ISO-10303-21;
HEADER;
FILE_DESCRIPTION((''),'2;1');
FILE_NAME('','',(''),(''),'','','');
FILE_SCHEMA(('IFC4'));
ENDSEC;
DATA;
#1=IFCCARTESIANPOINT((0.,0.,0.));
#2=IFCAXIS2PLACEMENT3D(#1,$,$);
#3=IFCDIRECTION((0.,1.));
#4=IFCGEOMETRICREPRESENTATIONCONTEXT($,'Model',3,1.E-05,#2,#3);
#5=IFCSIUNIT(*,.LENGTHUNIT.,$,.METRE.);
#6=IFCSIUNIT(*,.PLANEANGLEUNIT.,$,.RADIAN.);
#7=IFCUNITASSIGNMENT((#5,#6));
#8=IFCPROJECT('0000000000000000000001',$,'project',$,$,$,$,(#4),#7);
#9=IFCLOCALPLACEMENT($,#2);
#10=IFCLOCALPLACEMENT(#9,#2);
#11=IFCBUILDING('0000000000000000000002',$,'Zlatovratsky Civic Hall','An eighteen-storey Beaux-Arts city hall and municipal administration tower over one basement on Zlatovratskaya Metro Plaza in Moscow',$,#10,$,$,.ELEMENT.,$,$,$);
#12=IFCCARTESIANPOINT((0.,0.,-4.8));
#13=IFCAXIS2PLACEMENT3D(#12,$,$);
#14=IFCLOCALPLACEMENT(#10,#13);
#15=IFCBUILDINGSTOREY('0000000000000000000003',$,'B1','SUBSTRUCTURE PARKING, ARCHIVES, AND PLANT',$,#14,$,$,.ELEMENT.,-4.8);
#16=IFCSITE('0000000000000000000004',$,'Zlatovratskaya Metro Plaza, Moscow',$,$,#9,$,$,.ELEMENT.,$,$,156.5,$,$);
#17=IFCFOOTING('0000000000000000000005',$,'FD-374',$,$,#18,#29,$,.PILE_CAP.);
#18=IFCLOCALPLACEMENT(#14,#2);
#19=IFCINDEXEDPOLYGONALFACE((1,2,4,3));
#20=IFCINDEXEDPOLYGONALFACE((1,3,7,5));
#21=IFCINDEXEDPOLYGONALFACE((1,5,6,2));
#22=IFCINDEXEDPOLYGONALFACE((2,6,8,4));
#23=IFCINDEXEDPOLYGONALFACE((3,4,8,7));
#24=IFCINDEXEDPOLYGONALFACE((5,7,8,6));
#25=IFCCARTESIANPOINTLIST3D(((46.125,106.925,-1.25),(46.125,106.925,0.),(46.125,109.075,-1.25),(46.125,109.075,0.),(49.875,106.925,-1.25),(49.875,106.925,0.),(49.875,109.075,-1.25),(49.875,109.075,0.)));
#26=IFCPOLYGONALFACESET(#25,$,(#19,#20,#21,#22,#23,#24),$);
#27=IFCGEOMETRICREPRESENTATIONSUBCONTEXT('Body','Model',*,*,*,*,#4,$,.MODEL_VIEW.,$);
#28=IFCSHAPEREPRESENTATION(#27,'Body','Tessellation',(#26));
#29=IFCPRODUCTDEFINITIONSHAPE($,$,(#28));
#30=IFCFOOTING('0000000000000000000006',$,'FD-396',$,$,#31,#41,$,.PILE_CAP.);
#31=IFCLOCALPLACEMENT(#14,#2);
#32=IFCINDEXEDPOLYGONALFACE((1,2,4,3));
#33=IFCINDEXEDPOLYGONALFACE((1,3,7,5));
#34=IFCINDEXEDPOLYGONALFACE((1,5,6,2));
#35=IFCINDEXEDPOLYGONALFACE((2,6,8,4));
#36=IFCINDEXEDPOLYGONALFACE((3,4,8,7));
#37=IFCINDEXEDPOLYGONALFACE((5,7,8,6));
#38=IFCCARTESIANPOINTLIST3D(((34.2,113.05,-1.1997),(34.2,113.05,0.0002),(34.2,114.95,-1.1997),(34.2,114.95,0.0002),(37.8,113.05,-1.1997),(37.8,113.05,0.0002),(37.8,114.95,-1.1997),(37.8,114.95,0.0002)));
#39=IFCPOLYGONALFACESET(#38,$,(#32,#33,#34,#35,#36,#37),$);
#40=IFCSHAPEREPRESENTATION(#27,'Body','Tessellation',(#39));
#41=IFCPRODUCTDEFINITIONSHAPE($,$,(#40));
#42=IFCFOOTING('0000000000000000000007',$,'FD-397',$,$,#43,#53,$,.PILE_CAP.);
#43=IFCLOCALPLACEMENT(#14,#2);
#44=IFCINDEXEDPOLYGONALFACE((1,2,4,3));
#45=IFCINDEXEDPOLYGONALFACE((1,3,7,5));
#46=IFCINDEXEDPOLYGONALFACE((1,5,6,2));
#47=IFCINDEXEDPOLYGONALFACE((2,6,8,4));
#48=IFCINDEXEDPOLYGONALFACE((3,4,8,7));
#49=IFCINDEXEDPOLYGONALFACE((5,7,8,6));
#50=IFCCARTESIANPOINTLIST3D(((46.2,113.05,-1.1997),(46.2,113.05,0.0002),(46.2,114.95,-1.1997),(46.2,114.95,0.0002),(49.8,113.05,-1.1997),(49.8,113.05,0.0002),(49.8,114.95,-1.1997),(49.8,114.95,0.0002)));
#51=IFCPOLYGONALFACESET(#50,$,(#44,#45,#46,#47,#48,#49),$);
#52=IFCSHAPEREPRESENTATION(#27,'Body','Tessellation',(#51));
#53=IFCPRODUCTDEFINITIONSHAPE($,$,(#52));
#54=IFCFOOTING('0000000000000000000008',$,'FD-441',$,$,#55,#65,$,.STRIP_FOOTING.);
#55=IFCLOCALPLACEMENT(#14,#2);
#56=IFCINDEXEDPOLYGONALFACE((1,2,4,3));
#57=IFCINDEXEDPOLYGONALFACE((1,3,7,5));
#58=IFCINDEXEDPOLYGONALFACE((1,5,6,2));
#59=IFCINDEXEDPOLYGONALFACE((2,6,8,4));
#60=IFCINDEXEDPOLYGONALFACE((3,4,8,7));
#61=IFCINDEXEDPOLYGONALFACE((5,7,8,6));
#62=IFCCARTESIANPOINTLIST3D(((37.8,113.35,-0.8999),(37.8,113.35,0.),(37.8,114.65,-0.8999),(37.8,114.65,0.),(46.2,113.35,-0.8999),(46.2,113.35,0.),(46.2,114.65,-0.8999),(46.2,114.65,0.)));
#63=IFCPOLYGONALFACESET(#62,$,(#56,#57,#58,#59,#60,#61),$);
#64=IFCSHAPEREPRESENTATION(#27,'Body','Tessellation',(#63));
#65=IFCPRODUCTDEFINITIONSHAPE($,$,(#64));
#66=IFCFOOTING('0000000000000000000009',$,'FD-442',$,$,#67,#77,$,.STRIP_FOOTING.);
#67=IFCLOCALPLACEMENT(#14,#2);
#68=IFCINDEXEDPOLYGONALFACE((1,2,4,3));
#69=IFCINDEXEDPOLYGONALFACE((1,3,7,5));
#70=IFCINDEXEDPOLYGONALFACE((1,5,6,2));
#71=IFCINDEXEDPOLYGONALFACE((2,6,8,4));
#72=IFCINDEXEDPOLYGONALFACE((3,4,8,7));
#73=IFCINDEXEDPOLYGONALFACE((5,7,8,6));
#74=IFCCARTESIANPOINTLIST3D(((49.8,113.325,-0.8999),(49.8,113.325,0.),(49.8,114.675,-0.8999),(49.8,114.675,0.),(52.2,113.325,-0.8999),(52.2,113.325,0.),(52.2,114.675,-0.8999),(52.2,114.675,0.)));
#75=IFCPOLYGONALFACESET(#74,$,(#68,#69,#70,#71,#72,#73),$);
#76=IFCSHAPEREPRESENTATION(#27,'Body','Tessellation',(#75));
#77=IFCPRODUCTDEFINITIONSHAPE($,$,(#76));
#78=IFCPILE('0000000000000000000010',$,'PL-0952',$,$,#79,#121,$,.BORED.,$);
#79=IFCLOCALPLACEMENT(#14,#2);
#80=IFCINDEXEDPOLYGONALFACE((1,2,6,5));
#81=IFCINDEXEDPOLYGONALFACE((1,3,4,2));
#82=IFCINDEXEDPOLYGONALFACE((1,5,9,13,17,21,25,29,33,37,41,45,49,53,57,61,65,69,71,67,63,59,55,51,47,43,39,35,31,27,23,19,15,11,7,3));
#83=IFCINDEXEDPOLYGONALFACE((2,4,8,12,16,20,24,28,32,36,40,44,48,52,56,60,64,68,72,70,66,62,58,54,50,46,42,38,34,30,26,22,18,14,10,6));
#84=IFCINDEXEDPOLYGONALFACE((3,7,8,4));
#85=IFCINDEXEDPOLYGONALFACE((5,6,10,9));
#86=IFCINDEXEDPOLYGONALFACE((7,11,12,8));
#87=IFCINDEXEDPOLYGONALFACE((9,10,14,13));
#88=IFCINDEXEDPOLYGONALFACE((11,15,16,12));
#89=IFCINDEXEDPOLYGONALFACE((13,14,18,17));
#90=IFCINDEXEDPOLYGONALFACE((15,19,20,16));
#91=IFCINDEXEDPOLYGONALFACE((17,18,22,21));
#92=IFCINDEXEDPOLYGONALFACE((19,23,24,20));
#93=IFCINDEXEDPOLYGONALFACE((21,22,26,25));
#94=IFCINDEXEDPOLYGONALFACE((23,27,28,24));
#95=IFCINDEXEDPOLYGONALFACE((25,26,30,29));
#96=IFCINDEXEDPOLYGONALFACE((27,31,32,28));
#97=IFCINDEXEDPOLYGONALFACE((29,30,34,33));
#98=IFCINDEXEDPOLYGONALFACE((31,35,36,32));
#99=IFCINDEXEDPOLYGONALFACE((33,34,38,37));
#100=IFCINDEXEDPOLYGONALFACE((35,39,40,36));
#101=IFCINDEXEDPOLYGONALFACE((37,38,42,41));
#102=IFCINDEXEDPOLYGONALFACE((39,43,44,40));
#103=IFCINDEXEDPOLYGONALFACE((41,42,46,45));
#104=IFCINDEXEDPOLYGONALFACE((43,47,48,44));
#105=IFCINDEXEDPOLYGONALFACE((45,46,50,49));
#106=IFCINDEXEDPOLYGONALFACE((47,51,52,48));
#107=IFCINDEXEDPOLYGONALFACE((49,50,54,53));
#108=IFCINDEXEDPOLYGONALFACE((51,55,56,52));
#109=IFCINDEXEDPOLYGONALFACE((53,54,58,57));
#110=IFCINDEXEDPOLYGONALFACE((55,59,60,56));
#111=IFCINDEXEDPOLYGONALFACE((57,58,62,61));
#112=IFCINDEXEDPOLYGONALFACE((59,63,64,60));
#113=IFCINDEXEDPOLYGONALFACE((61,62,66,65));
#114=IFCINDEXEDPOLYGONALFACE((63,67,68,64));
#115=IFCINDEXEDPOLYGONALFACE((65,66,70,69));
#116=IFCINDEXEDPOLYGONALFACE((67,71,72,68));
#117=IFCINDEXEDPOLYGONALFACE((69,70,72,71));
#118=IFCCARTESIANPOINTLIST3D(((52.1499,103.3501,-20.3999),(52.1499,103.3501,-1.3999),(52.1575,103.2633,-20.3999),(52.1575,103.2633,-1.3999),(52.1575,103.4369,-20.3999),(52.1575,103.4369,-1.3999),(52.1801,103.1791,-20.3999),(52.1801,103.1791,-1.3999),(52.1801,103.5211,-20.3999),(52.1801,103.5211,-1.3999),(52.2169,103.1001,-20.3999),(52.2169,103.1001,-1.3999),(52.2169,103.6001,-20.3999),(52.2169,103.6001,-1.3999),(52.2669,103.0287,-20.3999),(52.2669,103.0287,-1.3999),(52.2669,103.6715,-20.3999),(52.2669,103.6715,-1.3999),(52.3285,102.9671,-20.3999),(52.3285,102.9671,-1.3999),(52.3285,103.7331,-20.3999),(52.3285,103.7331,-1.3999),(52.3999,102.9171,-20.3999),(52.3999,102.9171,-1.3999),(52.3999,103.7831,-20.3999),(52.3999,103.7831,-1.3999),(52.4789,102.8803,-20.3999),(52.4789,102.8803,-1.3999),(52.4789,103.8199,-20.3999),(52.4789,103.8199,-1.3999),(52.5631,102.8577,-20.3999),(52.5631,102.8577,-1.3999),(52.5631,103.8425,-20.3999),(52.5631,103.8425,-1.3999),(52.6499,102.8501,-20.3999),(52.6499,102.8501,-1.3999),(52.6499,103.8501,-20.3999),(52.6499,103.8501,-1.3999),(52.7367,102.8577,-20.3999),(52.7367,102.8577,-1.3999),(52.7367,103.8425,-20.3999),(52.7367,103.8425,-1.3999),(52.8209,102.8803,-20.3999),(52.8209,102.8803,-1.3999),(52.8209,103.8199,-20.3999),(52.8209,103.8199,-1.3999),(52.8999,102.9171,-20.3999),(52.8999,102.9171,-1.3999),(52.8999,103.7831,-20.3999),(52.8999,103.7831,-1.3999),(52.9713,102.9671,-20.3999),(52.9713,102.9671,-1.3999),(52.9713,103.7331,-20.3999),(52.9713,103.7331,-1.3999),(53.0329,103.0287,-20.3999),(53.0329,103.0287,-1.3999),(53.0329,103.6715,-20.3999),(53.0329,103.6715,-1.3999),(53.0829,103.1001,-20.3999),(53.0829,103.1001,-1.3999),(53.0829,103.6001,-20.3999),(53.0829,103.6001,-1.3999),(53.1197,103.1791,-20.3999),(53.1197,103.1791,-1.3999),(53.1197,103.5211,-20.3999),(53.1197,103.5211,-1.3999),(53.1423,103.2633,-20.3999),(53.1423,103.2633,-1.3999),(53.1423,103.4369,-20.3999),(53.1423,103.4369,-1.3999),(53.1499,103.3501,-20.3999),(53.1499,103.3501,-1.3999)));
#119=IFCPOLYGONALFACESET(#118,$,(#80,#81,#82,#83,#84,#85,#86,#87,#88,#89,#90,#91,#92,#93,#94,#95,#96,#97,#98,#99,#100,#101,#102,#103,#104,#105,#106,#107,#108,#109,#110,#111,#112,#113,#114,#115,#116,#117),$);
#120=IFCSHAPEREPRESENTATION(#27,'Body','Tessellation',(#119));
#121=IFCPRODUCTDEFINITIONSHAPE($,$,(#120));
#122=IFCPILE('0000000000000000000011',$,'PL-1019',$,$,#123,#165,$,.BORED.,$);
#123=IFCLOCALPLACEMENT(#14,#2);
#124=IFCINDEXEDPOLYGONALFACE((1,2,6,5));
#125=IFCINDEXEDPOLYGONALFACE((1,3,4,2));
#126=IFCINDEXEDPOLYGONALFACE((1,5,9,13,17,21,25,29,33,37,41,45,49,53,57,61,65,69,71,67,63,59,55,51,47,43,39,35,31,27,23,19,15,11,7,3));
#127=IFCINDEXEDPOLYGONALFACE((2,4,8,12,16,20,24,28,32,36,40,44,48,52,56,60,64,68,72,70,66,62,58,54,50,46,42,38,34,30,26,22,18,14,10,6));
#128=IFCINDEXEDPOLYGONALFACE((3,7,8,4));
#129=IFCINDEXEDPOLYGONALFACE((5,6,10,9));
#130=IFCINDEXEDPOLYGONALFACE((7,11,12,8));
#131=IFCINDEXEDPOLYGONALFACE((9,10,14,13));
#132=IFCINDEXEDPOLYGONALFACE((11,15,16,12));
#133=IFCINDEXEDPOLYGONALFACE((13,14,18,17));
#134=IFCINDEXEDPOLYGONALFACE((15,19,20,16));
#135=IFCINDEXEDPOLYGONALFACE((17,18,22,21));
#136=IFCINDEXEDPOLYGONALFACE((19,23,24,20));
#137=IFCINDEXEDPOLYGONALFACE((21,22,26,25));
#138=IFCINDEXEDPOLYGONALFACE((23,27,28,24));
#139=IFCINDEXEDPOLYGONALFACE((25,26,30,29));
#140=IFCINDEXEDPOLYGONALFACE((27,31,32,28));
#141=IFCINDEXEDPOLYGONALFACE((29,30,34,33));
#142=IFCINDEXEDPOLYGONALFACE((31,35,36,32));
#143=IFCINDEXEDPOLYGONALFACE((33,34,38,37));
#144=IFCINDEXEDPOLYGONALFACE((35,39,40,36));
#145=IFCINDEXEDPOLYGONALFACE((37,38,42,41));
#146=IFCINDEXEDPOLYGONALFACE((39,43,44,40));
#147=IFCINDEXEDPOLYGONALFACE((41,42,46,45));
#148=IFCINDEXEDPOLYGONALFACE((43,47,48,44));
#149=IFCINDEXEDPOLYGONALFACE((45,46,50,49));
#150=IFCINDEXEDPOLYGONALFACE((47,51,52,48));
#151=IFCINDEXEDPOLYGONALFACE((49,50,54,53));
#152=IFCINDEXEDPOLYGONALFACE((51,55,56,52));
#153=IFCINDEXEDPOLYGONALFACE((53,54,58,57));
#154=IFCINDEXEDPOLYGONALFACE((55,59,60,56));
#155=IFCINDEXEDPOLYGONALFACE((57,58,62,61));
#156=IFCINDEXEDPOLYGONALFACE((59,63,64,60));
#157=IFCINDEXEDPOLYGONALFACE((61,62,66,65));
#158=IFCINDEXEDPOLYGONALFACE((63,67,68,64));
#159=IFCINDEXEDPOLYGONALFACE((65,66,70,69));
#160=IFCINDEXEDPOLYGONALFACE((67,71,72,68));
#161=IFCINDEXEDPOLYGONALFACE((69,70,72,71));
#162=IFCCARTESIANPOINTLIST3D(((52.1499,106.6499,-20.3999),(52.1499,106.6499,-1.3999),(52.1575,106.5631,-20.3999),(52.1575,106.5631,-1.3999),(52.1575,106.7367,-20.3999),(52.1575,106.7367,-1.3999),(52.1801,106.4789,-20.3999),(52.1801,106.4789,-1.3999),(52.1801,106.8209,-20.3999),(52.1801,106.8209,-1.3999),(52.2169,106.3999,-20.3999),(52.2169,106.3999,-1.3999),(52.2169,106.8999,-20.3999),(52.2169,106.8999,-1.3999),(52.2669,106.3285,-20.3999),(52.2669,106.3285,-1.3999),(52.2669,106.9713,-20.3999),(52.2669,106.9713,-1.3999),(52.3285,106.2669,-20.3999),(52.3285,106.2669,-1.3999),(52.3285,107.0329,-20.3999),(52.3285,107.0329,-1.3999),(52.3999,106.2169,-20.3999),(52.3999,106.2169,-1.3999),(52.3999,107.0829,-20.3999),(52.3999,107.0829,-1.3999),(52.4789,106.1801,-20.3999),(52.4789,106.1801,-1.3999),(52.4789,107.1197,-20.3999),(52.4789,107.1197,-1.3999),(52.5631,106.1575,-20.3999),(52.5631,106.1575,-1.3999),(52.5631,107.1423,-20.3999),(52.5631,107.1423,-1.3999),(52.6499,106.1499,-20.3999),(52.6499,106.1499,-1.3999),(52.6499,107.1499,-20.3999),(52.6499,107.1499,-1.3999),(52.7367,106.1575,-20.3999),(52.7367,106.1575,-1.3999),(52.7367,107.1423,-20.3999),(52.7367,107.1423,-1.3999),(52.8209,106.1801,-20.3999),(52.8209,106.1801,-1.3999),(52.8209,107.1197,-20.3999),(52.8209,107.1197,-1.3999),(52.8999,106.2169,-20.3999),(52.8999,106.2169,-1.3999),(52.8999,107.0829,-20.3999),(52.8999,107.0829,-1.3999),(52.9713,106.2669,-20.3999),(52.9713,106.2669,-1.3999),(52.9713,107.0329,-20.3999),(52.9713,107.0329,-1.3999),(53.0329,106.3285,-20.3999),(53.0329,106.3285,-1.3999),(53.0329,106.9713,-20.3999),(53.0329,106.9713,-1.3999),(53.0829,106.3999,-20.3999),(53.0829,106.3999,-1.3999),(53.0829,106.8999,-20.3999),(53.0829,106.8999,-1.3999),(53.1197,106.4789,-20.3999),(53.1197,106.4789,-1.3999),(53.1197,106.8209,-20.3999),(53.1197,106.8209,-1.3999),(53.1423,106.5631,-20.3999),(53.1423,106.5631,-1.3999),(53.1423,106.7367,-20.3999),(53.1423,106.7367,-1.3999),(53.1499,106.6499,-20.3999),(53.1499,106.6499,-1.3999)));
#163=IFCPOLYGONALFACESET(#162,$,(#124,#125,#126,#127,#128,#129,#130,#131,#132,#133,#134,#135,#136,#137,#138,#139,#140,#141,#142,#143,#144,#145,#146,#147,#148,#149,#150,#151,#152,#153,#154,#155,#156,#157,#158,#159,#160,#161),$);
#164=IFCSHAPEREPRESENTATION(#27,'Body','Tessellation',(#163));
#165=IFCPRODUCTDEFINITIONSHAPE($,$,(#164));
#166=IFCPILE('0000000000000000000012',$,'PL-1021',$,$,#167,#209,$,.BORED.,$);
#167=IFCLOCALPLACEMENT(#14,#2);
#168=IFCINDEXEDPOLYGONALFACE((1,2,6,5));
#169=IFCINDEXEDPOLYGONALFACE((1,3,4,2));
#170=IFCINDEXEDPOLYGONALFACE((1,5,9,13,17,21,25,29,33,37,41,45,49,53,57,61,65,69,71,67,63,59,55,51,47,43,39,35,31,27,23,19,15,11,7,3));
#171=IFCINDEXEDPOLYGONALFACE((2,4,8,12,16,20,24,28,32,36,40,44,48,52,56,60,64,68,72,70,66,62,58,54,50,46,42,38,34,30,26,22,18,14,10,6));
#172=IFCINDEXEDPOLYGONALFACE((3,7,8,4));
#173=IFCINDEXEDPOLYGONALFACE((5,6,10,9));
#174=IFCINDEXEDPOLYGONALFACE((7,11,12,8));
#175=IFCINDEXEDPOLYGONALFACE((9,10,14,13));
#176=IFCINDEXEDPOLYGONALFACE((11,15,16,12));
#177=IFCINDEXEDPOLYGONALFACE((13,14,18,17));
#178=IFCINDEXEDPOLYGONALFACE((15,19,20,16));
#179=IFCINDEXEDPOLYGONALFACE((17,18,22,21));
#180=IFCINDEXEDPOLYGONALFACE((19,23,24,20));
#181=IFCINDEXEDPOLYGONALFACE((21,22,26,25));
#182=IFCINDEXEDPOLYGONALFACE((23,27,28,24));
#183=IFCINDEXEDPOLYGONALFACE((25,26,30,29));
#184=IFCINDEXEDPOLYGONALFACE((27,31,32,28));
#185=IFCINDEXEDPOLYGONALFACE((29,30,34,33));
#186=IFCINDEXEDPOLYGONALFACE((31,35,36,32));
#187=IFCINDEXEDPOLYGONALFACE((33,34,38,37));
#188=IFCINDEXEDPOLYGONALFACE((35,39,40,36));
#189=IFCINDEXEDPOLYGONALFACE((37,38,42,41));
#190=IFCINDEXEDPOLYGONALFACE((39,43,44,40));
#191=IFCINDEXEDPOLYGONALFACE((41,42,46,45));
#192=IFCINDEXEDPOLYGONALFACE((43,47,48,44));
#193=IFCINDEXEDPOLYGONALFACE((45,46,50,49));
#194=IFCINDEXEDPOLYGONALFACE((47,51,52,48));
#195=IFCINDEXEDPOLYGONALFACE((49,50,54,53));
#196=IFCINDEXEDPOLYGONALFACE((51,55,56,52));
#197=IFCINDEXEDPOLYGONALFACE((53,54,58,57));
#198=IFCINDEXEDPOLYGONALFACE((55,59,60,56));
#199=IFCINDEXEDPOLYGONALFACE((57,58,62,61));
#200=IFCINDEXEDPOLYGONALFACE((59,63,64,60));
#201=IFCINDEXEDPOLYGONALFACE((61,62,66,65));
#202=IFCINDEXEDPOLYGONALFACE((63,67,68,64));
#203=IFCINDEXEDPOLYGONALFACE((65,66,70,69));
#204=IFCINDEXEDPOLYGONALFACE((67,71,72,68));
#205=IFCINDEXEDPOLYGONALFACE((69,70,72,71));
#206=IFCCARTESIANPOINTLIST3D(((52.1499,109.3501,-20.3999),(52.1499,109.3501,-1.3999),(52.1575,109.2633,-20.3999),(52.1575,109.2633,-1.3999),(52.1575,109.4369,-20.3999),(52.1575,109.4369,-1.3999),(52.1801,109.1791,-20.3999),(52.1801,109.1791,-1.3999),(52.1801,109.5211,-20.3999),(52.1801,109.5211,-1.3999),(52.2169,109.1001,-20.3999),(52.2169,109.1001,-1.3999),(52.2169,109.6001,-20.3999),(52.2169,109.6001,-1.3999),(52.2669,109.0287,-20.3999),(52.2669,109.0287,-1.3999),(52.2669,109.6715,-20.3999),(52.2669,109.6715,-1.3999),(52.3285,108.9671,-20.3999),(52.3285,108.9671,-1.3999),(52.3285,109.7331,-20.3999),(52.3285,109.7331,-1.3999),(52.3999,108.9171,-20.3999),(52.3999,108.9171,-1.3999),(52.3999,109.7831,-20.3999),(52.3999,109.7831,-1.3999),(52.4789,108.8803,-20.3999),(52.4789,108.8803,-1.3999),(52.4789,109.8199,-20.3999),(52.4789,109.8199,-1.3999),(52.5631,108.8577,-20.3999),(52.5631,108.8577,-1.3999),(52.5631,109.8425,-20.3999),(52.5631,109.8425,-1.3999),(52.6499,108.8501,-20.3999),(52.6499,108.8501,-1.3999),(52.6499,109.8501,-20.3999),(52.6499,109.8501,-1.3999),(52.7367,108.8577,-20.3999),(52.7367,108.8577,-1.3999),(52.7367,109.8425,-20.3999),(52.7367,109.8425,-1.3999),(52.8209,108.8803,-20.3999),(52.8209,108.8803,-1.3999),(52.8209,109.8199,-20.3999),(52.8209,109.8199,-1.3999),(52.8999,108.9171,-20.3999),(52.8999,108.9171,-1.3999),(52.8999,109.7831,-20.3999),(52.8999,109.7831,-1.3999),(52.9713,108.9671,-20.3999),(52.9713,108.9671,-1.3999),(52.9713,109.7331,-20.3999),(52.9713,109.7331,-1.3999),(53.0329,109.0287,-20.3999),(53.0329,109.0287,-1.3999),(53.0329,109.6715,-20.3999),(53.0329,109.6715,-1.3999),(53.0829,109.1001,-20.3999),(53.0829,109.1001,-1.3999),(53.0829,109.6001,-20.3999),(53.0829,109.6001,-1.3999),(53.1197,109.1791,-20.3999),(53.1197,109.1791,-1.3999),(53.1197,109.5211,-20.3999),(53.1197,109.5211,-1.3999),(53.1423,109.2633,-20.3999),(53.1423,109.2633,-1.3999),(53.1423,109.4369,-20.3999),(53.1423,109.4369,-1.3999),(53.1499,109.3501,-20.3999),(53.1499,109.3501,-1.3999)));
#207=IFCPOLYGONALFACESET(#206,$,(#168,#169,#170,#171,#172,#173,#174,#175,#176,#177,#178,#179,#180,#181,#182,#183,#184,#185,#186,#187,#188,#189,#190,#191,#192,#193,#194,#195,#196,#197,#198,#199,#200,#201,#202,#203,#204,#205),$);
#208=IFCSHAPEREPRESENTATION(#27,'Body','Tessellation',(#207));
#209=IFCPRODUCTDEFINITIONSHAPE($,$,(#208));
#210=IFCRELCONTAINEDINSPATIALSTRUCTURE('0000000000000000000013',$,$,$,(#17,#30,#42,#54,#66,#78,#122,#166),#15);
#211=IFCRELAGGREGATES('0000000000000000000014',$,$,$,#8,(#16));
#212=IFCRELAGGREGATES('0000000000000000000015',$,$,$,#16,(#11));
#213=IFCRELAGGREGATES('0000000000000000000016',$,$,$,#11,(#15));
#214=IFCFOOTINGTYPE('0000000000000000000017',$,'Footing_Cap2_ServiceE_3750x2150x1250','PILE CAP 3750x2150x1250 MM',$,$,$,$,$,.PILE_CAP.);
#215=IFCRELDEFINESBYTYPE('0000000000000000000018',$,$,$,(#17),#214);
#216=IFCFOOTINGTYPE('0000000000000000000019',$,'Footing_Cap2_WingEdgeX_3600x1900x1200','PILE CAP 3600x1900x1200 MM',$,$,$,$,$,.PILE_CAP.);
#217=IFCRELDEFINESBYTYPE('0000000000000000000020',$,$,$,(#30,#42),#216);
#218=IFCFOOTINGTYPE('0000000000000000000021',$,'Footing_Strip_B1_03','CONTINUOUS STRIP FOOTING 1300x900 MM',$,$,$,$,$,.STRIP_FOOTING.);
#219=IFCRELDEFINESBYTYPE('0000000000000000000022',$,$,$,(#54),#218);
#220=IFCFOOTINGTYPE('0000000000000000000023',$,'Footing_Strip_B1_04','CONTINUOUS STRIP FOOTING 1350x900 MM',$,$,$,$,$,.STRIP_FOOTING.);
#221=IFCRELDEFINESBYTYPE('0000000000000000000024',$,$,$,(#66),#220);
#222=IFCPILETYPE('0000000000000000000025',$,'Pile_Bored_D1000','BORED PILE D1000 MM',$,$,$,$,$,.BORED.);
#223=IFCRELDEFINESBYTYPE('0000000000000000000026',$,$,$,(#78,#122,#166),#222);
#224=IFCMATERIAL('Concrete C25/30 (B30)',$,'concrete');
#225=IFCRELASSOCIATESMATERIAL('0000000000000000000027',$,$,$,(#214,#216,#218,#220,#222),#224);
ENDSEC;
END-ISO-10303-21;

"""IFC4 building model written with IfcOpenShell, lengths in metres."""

from ifc_helpers import new_model, si_unit, direction, frame, origin, origin_2d, place, context, subcontext, project, spatial, rectangle, circle, extrude, material, material_profile, profile_set, type_object, element, save


model = new_model("IFC4")

# Units and contexts
model_context = context("Model", 3, precision=1e-05, world=origin(), true_north=direction((0.0, 1.0)))
body_context = subcontext(model_context, "Body", "Model", "MODEL_VIEW")
ifc_project = project(units=[si_unit("LENGTHUNIT", "METRE"), si_unit("PLANEANGLEUNIT", "RADIAN")], contexts=[model_context])

# Site, building, storey
site_placement = place(None, origin())
site = spatial("IfcSite", under=ifc_project, at=site_placement, Name="Zlatovratskaya Metro Plaza, Moscow", CompositionType="ELEMENT", RefElevation=156.5)
building_placement = place(site_placement, origin())
building = spatial("IfcBuilding", under=site, at=building_placement, Name="Zlatovratsky Civic Hall", Description="An eighteen-storey Beaux-Arts city hall and municipal administration tower over one basement on Zlatovratskaya Metro Plaza in Moscow", CompositionType="ELEMENT")
storey_placement = place(building_placement, frame((0.0, 0.0, -4.8)))
storey = spatial("IfcBuildingStorey", under=building, at=storey_placement, Name="B1", Description="SUBSTRUCTURE PARKING, ARCHIVES, AND PLANT", CompositionType="ELEMENT", Elevation=-4.8)

# Footings
ifc_material_1 = material(Name="Concrete C25/30 (B30)", Category="concrete")
footing_type_1 = type_object("IfcFootingType", Name="Footing_Cap2_ServiceE_3750x2150x1250", Description="PILE CAP 3750x2150x1250 MM", PredefinedType="PILE_CAP", material=ifc_material_1)
footing_1_placement = place(storey_placement, frame((48.0, 108.0, -1.25), z_axis=(0.0, 0.0, 1.0), x_axis=(1.0, 0.0, 0.0)))
element("IfcFooting", 1, at=footing_1_placement, inside=storey, type_object=footing_type_1, Name="FD-374", PredefinedType="PILE_CAP", context=body_context, shape_type="SweptSolid", body=[
    extrude(rectangle(XDim=3.75, YDim=2.1499, at=origin_2d()), origin(), (0.0, 0.0, 1.0), 1.25),
])
footing_type_2 = type_object("IfcFootingType", Name="Footing_Cap2_WingEdgeX_3600x1900x1200", Description="PILE CAP 3600x1900x1200 MM", PredefinedType="PILE_CAP", material=ifc_material_1)
for number, where, z_axis, x_axis, name in (
    (2, (36.0, 114.0, -1.1997), (0.0, 0.0, 1.0), (1.0, 0.0, 0.0), "FD-396"),
    (3, (48.0, 114.0, -1.1997), (0.0, 0.0, 1.0), (1.0, 0.0, 0.0), "FD-397"),
):
    element("IfcFooting", number, at=place(storey_placement, frame(where, z_axis=z_axis, x_axis=x_axis)), inside=storey, type_object=footing_type_2, Name=name, PredefinedType="PILE_CAP", context=body_context, shape_type="SweptSolid", body=[
        extrude(rectangle(XDim=3.6001, YDim=1.8999, at=origin_2d()), origin(), (0.0, 0.0, 1.0), 1.2),
    ])
footing_type_3 = type_object("IfcFootingType", Name="Footing_Strip_B1_03", Description="CONTINUOUS STRIP FOOTING 1300x900 MM", PredefinedType="STRIP_FOOTING", material=ifc_material_1)
footing_2_placement = place(storey_placement, frame((42.0, 114.0, -0.8999), z_axis=(0.0, 0.0, 1.0), x_axis=(1.0, 0.0, 0.0)))
element("IfcFooting", 4, at=footing_2_placement, inside=storey, type_object=footing_type_3, Name="FD-441", PredefinedType="STRIP_FOOTING", context=body_context, shape_type="SweptSolid", body=[
    extrude(rectangle(XDim=8.3999, YDim=1.3, at=origin_2d()), origin(), (0.0, 0.0, 1.0), 0.8999),
])
footing_type_4 = type_object("IfcFootingType", Name="Footing_Strip_B1_04", Description="CONTINUOUS STRIP FOOTING 1350x900 MM", PredefinedType="STRIP_FOOTING", material=ifc_material_1)
footing_3_placement = place(storey_placement, frame((51.0, 114.0, -0.8999), z_axis=(0.0, 0.0, 1.0), x_axis=(1.0, 0.0, 0.0)))
element("IfcFooting", 5, at=footing_3_placement, inside=storey, type_object=footing_type_4, Name="FD-442", PredefinedType="STRIP_FOOTING", context=body_context, shape_type="SweptSolid", body=[
    extrude(rectangle(XDim=2.3999, YDim=1.3501, at=origin_2d()), origin(), (0.0, 0.0, 1.0), 0.8999),
])

# Piles
ifc_material_profile_1 = material_profile(ifc_material_1, circle(Radius=0.5, at=origin_2d()), Name="PILE D1000")
ifc_profile_set_1 = profile_set([ifc_material_profile_1], Name="Concrete C25/30 (B30)")
pile_type_1 = type_object("IfcPileType", Name="Pile_Bored_D1000", Description="BORED PILE D1000 MM", PredefinedType="BORED", material=ifc_profile_set_1)
for number, where, z_axis, x_axis, name in (
    (6, (52.6499, 103.3501, -1.3999), (0.0, 0.0, -1.0), (1.0, 0.0, 0.0), "PL-0952"),
    (7, (52.6499, 106.6499, -1.3999), (0.0, 0.0, -1.0), (1.0, 0.0, 0.0), "PL-1019"),
    (8, (52.6499, 109.3501, -1.3999), (0.0, 0.0, -1.0), (1.0, 0.0, 0.0), "PL-1021"),
):
    element("IfcPile", number, at=place(storey_placement, frame(where, z_axis=z_axis, x_axis=x_axis)), inside=storey, type_object=pile_type_1, Name=name, PredefinedType="BORED", context=body_context, shape_type="SweptSolid", body=[
        extrude(circle(Radius=0.5, at=origin_2d()), origin(), (0.0, 0.0, 1.0), 19.0),
    ])

save(model, "model.ifc")
